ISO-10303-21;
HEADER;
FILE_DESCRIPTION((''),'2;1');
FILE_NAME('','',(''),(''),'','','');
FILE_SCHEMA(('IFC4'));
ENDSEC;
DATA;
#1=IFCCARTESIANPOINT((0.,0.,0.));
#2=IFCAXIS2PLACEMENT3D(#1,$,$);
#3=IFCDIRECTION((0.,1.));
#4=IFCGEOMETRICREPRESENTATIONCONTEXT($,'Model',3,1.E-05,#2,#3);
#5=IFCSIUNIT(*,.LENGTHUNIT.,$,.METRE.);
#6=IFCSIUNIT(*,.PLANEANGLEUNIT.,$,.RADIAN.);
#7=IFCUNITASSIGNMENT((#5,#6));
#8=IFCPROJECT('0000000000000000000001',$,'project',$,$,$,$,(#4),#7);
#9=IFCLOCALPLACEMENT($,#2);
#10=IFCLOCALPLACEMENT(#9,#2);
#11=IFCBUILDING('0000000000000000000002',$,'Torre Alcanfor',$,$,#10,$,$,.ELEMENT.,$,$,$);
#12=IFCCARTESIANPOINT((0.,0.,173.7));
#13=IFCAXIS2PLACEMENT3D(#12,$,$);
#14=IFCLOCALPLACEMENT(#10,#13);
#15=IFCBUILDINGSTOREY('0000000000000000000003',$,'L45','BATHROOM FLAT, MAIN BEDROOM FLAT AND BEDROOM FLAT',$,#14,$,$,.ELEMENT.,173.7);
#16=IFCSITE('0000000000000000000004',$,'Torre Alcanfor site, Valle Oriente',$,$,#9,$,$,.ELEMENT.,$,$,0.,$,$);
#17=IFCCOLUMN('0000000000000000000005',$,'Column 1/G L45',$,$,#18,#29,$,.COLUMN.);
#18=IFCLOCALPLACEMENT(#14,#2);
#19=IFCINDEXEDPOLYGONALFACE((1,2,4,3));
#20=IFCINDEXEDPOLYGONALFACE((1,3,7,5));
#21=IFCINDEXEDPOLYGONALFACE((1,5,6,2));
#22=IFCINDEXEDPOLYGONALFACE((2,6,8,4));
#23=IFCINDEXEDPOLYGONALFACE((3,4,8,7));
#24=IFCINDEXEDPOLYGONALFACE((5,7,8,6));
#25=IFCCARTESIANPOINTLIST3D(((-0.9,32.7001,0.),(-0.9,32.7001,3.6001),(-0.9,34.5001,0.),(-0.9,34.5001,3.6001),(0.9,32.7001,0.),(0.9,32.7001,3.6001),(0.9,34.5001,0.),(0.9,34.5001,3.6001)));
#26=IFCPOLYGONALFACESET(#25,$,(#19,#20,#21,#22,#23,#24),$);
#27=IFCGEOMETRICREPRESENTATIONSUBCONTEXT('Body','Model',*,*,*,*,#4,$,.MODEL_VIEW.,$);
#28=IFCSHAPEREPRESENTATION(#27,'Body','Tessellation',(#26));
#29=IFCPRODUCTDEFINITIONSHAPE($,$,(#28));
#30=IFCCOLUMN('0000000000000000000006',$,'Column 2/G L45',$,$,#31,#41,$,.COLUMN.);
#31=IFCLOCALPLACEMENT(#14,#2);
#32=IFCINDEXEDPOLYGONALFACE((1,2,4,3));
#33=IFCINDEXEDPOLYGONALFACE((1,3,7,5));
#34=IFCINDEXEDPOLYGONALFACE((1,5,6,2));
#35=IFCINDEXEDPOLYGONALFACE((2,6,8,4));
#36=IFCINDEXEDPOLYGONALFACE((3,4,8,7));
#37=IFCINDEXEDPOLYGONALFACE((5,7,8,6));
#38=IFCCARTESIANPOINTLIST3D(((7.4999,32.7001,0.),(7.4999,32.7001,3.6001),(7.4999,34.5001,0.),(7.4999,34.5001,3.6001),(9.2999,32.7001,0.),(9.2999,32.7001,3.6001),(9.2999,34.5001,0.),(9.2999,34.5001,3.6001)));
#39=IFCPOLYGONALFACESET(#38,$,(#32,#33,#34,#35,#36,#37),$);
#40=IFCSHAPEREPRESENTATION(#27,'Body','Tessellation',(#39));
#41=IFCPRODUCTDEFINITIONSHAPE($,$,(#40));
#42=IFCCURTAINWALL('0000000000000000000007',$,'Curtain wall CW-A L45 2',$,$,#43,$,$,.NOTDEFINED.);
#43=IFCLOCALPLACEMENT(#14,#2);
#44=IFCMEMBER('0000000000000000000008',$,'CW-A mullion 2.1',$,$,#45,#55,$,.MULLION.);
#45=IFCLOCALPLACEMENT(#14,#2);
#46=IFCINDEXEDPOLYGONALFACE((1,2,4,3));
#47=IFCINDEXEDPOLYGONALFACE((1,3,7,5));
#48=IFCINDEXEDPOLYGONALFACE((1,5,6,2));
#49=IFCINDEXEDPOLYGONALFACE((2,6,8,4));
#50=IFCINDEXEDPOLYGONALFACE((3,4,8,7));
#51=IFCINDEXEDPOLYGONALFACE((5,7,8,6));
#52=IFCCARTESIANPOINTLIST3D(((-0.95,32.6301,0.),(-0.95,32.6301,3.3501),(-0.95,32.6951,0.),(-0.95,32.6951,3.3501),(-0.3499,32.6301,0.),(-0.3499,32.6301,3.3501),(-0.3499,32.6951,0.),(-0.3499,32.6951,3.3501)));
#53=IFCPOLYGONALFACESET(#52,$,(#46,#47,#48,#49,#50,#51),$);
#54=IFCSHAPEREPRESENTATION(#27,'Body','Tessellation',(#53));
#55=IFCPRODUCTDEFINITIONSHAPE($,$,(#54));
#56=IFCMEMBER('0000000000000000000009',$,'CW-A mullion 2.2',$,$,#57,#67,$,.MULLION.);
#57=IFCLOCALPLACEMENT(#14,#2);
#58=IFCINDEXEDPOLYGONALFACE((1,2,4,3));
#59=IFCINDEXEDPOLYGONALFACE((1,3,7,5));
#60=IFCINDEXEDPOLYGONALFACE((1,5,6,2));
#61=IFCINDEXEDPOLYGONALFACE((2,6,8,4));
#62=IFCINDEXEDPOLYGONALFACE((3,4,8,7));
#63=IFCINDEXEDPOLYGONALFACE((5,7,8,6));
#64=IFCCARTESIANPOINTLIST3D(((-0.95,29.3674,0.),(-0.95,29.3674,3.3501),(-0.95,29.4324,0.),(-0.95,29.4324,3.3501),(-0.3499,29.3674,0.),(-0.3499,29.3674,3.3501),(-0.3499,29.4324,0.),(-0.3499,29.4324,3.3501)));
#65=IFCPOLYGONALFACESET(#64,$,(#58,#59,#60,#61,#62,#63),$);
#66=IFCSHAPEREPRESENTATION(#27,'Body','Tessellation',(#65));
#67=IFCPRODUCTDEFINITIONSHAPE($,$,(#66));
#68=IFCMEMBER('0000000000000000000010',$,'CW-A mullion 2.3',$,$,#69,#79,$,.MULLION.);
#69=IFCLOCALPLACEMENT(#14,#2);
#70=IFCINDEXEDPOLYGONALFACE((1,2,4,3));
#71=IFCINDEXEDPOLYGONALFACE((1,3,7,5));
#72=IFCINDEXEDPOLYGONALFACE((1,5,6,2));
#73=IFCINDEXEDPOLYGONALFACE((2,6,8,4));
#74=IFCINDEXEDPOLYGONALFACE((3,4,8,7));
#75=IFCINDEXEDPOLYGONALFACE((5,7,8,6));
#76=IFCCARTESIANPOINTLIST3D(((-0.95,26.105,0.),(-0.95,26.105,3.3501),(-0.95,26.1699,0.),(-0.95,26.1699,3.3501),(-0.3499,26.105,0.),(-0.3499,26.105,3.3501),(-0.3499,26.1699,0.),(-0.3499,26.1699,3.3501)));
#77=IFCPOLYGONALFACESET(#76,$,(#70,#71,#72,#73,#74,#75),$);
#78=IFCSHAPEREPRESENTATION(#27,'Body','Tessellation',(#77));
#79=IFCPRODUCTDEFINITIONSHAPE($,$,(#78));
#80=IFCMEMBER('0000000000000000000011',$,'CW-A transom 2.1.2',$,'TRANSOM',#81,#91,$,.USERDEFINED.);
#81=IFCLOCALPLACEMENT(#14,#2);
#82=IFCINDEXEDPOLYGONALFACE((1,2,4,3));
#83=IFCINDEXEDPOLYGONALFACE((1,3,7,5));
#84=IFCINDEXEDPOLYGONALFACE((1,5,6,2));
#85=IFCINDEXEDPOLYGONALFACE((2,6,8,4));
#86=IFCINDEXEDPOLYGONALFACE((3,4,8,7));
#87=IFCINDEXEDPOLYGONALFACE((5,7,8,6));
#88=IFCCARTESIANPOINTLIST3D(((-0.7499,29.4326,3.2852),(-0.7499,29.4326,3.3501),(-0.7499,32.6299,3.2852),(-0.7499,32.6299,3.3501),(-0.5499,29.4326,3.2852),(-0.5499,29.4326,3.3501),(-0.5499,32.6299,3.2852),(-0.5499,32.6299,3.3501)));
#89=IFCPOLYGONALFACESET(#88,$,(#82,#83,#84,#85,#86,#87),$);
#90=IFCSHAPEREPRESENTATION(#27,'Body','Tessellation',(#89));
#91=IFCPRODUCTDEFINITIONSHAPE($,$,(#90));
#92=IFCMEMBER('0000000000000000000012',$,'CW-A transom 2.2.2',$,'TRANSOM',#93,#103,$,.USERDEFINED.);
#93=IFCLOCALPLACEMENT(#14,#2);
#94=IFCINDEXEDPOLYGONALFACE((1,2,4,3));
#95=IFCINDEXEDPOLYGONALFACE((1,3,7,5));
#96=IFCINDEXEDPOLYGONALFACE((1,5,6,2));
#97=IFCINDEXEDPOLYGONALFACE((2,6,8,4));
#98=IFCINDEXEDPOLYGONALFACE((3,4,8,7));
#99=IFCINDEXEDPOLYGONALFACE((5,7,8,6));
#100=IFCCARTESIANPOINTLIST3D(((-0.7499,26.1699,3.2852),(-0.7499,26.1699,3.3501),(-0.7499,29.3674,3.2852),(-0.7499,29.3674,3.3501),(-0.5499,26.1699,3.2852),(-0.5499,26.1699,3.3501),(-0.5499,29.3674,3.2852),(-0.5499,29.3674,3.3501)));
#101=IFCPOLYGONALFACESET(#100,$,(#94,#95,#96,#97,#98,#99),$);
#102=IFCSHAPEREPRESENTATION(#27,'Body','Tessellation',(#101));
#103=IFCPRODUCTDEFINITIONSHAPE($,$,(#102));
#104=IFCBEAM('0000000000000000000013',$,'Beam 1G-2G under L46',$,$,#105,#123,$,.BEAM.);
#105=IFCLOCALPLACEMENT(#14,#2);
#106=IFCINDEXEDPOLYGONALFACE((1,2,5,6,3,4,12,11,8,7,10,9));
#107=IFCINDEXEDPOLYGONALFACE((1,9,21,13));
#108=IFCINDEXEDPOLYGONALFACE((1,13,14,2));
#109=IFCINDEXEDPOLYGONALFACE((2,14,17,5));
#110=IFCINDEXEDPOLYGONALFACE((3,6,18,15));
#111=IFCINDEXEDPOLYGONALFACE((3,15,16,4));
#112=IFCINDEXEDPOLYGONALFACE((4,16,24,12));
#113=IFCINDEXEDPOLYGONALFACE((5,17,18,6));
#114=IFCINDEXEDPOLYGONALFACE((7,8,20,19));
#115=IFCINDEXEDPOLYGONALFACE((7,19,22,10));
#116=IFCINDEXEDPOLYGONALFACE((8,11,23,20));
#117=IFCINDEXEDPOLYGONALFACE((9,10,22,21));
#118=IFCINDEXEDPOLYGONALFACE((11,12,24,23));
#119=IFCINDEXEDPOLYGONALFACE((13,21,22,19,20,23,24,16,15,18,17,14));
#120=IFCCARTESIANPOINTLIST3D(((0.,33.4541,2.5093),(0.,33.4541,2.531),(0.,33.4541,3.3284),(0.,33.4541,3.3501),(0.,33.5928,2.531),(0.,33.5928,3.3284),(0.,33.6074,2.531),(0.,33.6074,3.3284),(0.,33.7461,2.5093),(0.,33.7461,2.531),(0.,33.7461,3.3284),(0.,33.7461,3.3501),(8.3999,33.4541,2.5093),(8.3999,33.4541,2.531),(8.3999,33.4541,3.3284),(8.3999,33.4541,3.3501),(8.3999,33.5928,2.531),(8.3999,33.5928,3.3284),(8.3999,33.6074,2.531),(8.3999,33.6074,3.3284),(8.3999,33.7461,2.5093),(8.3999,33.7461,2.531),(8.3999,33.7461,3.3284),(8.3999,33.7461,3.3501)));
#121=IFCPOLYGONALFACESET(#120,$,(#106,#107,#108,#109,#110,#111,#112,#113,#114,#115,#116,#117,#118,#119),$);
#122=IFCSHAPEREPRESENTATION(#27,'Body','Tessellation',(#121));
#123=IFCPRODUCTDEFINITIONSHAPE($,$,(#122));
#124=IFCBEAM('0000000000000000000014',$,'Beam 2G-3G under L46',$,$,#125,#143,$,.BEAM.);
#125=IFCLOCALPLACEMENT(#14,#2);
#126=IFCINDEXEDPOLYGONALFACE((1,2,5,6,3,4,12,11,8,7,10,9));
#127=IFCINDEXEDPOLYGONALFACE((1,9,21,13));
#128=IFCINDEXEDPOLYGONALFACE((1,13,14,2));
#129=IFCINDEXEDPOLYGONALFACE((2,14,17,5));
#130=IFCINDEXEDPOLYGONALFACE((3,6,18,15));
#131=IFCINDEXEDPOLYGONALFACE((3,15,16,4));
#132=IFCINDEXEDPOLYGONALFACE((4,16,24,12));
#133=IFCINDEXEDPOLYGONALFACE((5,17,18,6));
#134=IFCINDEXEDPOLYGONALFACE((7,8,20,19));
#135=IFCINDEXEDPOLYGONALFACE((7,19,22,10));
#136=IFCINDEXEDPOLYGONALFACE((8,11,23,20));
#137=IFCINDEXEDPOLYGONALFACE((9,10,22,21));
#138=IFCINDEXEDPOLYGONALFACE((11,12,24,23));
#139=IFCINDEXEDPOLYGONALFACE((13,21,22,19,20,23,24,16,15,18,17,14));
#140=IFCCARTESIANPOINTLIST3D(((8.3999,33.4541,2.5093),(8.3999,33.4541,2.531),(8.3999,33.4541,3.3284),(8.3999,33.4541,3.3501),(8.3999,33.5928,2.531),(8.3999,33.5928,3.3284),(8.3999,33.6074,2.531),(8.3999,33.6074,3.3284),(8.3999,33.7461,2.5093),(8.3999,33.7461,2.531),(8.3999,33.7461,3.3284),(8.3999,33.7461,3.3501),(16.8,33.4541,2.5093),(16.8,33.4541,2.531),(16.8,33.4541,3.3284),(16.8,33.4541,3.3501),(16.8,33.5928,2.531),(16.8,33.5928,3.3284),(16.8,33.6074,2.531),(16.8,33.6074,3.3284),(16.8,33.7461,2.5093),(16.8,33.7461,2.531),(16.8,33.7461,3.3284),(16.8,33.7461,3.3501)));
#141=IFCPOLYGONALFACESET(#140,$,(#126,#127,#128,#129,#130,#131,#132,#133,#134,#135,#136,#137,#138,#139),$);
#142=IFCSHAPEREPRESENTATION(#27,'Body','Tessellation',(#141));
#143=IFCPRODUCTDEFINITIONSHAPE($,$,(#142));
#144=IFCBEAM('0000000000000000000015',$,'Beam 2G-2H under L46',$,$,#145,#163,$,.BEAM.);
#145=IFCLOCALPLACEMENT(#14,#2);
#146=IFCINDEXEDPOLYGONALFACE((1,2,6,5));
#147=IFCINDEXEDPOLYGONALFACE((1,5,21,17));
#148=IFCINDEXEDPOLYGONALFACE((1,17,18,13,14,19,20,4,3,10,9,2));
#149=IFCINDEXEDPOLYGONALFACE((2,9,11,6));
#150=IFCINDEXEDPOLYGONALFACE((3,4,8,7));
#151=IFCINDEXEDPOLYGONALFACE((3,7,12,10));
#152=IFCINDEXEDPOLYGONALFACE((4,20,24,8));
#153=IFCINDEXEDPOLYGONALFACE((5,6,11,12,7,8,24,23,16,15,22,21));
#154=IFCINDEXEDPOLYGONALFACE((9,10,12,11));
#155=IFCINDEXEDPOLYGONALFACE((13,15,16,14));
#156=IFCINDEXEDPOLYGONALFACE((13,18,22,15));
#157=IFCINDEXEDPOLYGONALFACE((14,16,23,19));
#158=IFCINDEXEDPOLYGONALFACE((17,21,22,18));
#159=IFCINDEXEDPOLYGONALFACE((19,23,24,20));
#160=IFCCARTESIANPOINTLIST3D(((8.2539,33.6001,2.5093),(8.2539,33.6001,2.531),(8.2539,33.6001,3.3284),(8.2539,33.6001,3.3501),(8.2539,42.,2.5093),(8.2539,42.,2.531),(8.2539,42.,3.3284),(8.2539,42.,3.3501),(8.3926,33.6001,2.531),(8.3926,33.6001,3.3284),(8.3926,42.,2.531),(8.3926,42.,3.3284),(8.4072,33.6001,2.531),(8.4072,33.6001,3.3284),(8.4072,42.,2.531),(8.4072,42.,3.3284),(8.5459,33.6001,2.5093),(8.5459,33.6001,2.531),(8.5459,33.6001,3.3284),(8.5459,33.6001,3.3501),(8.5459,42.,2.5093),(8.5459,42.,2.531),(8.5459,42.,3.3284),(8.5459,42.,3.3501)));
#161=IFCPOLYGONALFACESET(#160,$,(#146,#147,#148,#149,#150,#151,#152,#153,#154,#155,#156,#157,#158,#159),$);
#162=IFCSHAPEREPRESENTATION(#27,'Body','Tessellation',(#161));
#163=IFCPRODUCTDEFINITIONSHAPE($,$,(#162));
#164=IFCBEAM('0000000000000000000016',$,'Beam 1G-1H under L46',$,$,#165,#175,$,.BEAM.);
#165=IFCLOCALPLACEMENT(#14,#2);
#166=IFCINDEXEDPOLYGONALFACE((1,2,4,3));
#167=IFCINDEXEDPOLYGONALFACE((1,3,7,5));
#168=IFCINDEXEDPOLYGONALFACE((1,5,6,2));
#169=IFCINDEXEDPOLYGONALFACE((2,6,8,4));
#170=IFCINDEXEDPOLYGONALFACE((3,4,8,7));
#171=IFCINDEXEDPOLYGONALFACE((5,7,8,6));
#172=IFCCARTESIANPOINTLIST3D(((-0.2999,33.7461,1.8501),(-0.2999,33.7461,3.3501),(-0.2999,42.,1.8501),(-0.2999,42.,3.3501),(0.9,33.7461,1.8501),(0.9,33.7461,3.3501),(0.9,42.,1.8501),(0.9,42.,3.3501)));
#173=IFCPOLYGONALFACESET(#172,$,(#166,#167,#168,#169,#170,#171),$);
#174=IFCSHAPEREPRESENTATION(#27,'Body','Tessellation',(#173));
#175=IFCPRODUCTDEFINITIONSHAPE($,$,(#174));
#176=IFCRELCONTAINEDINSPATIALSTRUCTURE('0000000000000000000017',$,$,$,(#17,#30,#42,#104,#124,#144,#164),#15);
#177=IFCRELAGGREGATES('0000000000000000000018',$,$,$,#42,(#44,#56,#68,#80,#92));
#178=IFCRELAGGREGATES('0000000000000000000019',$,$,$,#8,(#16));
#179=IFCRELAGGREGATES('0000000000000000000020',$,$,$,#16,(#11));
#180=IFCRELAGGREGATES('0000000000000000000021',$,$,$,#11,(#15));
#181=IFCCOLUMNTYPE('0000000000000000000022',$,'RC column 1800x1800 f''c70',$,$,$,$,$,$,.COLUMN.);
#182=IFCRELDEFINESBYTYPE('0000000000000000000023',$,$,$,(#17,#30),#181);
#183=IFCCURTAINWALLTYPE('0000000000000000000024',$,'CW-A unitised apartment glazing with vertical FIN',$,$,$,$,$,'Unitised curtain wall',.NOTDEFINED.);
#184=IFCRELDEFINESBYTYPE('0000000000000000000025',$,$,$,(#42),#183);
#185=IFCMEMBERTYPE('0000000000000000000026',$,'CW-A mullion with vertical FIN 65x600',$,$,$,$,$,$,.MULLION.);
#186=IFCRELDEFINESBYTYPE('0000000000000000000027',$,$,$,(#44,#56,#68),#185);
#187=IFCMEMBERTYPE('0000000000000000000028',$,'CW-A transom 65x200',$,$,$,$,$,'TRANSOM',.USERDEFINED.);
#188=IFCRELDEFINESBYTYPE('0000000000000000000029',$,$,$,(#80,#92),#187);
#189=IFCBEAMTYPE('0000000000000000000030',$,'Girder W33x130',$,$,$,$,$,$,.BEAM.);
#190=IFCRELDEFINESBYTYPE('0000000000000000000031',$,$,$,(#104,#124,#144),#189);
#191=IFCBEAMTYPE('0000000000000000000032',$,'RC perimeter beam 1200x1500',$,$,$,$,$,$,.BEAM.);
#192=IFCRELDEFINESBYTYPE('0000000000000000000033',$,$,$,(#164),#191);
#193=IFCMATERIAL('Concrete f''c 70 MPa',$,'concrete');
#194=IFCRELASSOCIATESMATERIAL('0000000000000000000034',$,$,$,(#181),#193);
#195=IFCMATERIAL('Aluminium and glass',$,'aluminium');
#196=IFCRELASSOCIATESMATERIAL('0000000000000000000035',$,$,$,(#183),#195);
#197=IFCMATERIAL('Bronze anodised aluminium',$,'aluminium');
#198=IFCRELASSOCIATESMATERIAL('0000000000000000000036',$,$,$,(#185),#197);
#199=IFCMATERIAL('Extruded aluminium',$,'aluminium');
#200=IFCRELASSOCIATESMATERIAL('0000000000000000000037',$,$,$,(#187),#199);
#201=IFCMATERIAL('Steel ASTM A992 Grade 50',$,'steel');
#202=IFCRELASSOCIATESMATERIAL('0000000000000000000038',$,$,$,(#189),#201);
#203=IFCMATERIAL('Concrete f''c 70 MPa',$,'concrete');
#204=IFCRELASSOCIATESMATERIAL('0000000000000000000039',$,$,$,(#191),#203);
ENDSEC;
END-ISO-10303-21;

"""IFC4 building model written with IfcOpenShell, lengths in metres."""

from ifc_helpers import new_model, si_unit, direction, frame, origin, origin_2d, place, context, subcontext, project, spatial, rectangle, i_section, extrude, material, material_profile, profile_set, type_object, element, aggregate, save


model = new_model("IFC4")

# Units and contexts
model_context = context("Model", 3, precision=1e-05, world=origin(), true_north=direction((0.0, 1.0)))
body_context = subcontext(model_context, "Body", "Model", "MODEL_VIEW")
ifc_project = project(units=[si_unit("LENGTHUNIT", "METRE"), si_unit("PLANEANGLEUNIT", "RADIAN")], contexts=[model_context])

# Site, building, storey
site_placement = place(None, origin())
site = spatial("IfcSite", under=ifc_project, at=site_placement, Name="Torre Alcanfor site, Valle Oriente", CompositionType="ELEMENT", RefElevation=0.0)
building_placement = place(site_placement, origin())
building = spatial("IfcBuilding", under=site, at=building_placement, Name="Torre Alcanfor", CompositionType="ELEMENT")
storey_placement = place(building_placement, frame((0.0, 0.0, 173.7)))
storey = spatial("IfcBuildingStorey", under=building, at=storey_placement, Name="L45", Description="BATHROOM FLAT, MAIN BEDROOM FLAT AND BEDROOM FLAT", CompositionType="ELEMENT", Elevation=173.7)

# Columns
ifc_material_1 = material(Name="Concrete f'c 70 MPa", Category="concrete")
ifc_material_profile_1 = material_profile(ifc_material_1, rectangle(XDim=1.8, YDim=1.8, at=origin_2d()), Name="1800x1800")
ifc_profile_set_1 = profile_set([ifc_material_profile_1], Name="Concrete f'c 70 MPa")
column_type = type_object("IfcColumnType", Name="RC column 1800x1800 f'c70", PredefinedType="COLUMN", material=ifc_profile_set_1)
for number, where, z_axis, x_axis, name in (
    (1, (0.0, 33.6001, 0.0), (0.0, 0.0, 1.0), (1.0, 0.0, 0.0), "Column 1/G L45"),
    (2, (8.3999, 33.6001, 0.0), (0.0, 0.0, 1.0), (1.0, 0.0, 0.0), "Column 2/G L45"),
):
    element("IfcColumn", number, at=place(storey_placement, frame(where, z_axis=z_axis, x_axis=x_axis)), inside=storey, type_object=column_type, Name=name, PredefinedType="COLUMN", context=body_context, shape_type="SweptSolid", body=[
        extrude(rectangle(XDim=1.8, YDim=1.8, at=origin_2d()), origin(), (0.0, 0.0, 1.0), 3.6001),
    ])

# Curtain wall, members
ifc_material_2 = material(Name="Aluminium and glass", Category="aluminium")
curtain_wall_type = type_object("IfcCurtainWallType", Name="CW-A unitised apartment glazing with vertical FIN", ElementType="Unitised curtain wall", PredefinedType="NOTDEFINED", material=ifc_material_2)
curtain_wall_placement = place(storey_placement, origin())
curtain_wall = element("IfcCurtainWall", 3, at=curtain_wall_placement, inside=storey, type_object=curtain_wall_type, Name="Curtain wall CW-A L45 2", PredefinedType="NOTDEFINED")
ifc_material_3 = material(Name="Bronze anodised aluminium", Category="aluminium")
ifc_material_profile_2 = material_profile(ifc_material_3, rectangle(XDim=0.6001, YDim=0.0649, at=origin_2d()), Name="CW-A mullion 65x600")
ifc_profile_set_2 = profile_set([ifc_material_profile_2], Name="Bronze anodised aluminium")
member_type_1 = type_object("IfcMemberType", Name="CW-A mullion with vertical FIN 65x600", PredefinedType="MULLION", material=ifc_profile_set_2)
member_1_placement = place(storey_placement, frame((-0.6499, 32.6626, 0.0), z_axis=(0.0, 0.0, 1.0), x_axis=(1.0, 0.0, 0.0)))
member_1 = element("IfcMember", 4, at=member_1_placement, type_object=member_type_1, Name="CW-A mullion 2.1", PredefinedType="MULLION", context=body_context, shape_type="SweptSolid", body=[
    extrude(rectangle(XDim=0.6001, YDim=0.0649, at=origin_2d()), origin(), (0.0, 0.0, 1.0), 3.3501),
])
member_2_placement = place(storey_placement, frame((-0.6499, 29.3999, 0.0), z_axis=(0.0, 0.0, 1.0), x_axis=(1.0, 0.0, 0.0)))
member_2 = element("IfcMember", 5, at=member_2_placement, type_object=member_type_1, Name="CW-A mullion 2.2", PredefinedType="MULLION", context=body_context, shape_type="SweptSolid", body=[
    extrude(rectangle(XDim=0.6001, YDim=0.0649, at=origin_2d()), origin(), (0.0, 0.0, 1.0), 3.3501),
])
member_3_placement = place(storey_placement, frame((-0.6499, 26.1375, 0.0), z_axis=(0.0, 0.0, 1.0), x_axis=(1.0, 0.0, 0.0)))
member_3 = element("IfcMember", 6, at=member_3_placement, type_object=member_type_1, Name="CW-A mullion 2.3", PredefinedType="MULLION", context=body_context, shape_type="SweptSolid", body=[
    extrude(rectangle(XDim=0.6001, YDim=0.0649, at=origin_2d()), origin(), (0.0, 0.0, 1.0), 3.3501),
])
ifc_material_4 = material(Name="Extruded aluminium", Category="aluminium")
ifc_material_profile_3 = material_profile(ifc_material_4, rectangle(XDim=0.2, YDim=0.0649, at=origin_2d()), Name="CW-A transom 200x65")
ifc_profile_set_3 = profile_set([ifc_material_profile_3], Name="Extruded aluminium")
member_type_2 = type_object("IfcMemberType", Name="CW-A transom 65x200", ElementType="TRANSOM", PredefinedType="USERDEFINED", material=ifc_profile_set_3)
member_4_placement = place(storey_placement, frame((-0.6499, 32.6299, 3.3176), z_axis=(0.0, -1.0, 0.0), x_axis=(1.0, 0.0, 0.0)))
member_4 = element("IfcMember", 7, at=member_4_placement, type_object=member_type_2, Name="CW-A transom 2.1.2", ObjectType="TRANSOM", PredefinedType="USERDEFINED", context=body_context, shape_type="SweptSolid", body=[
    extrude(rectangle(XDim=0.2, YDim=0.0649, at=origin_2d()), origin(), (0.0, 0.0, 1.0), 3.1973),
])
member_5_placement = place(storey_placement, frame((-0.6499, 29.3674, 3.3176), z_axis=(0.0, -1.0, 0.0), x_axis=(1.0, 0.0, 0.0)))
member_5 = element("IfcMember", 8, at=member_5_placement, type_object=member_type_2, Name="CW-A transom 2.2.2", ObjectType="TRANSOM", PredefinedType="USERDEFINED", context=body_context, shape_type="SweptSolid", body=[
    extrude(rectangle(XDim=0.2, YDim=0.0649, at=origin_2d()), origin(), (0.0, 0.0, 1.0), 3.1975),
])

# Beams
ifc_material_5 = material(Name="Steel ASTM A992 Grade 50", Category="steel")
ifc_material_profile_4 = material_profile(ifc_material_5, i_section(OverallWidth=0.292, OverallDepth=0.8408, WebThickness=0.0146, FlangeThickness=0.0217, at=origin_2d()), Name="W33x130")
ifc_profile_set_4 = profile_set([ifc_material_profile_4], Name="Steel ASTM A992 Grade 50")
beam_type_1 = type_object("IfcBeamType", Name="Girder W33x130", PredefinedType="BEAM", material=ifc_profile_set_4)
beam_1_placement = place(storey_placement, frame((0.0, 33.6001, 2.9297), z_axis=(1.0, 0.0, 0.0), x_axis=(0.0, 1.0, 0.0)))
element("IfcBeam", 9, at=beam_1_placement, inside=storey, type_object=beam_type_1, Name="Beam 1G-2G under L46", PredefinedType="BEAM", context=body_context, shape_type="SweptSolid", body=[
    extrude(i_section(OverallWidth=0.292, OverallDepth=0.8408, WebThickness=0.0146, FlangeThickness=0.0217, at=origin_2d()), origin(), (0.0, 0.0, 1.0), 8.3999),
])
beam_2_placement = place(storey_placement, frame((8.3999, 33.6001, 2.9297), z_axis=(1.0, 0.0, 0.0), x_axis=(0.0, 1.0, 0.0)))
element("IfcBeam", 10, at=beam_2_placement, inside=storey, type_object=beam_type_1, Name="Beam 2G-3G under L46", PredefinedType="BEAM", context=body_context, shape_type="SweptSolid", body=[
    extrude(i_section(OverallWidth=0.292, OverallDepth=0.8408, WebThickness=0.0146, FlangeThickness=0.0217, at=origin_2d()), origin(), (0.0, 0.0, 1.0), 8.4001),
])
beam_3_placement = place(storey_placement, frame((8.3999, 33.6001, 2.9297), z_axis=(0.0, 1.0, 0.0), x_axis=(-1.0, 0.0, 0.0)))
element("IfcBeam", 11, at=beam_3_placement, inside=storey, type_object=beam_type_1, Name="Beam 2G-2H under L46", PredefinedType="BEAM", context=body_context, shape_type="SweptSolid", body=[
    extrude(i_section(OverallWidth=0.292, OverallDepth=0.8408, WebThickness=0.0146, FlangeThickness=0.0217, at=origin_2d()), origin(), (0.0, 0.0, 1.0), 8.3999),
])
ifc_material_6 = material(Name="Concrete f'c 70 MPa", Category="concrete")
ifc_material_profile_5 = material_profile(ifc_material_6, rectangle(XDim=1.2, YDim=1.5, at=origin_2d()), Name="1200x1500")
ifc_profile_set_5 = profile_set([ifc_material_profile_5], Name="Concrete f'c 70 MPa")
beam_type_2 = type_object("IfcBeamType", Name="RC perimeter beam 1200x1500", PredefinedType="BEAM", material=ifc_profile_set_5)
beam_4_placement = place(storey_placement, frame((0.3, 33.7461, 2.6001), z_axis=(0.0, 1.0, 0.0), x_axis=(-1.0, 0.0, 0.0)))
element("IfcBeam", 12, at=beam_4_placement, inside=storey, type_object=beam_type_2, Name="Beam 1G-1H under L46", PredefinedType="BEAM", context=body_context, shape_type="SweptSolid", body=[
    extrude(rectangle(XDim=1.2, YDim=1.5, at=origin_2d()), origin(), (0.0, 0.0, 1.0), 8.2539),
])

aggregate(curtain_wall, [member_1, member_2, member_3, member_4, member_5])

save(model, "model.ifc")
